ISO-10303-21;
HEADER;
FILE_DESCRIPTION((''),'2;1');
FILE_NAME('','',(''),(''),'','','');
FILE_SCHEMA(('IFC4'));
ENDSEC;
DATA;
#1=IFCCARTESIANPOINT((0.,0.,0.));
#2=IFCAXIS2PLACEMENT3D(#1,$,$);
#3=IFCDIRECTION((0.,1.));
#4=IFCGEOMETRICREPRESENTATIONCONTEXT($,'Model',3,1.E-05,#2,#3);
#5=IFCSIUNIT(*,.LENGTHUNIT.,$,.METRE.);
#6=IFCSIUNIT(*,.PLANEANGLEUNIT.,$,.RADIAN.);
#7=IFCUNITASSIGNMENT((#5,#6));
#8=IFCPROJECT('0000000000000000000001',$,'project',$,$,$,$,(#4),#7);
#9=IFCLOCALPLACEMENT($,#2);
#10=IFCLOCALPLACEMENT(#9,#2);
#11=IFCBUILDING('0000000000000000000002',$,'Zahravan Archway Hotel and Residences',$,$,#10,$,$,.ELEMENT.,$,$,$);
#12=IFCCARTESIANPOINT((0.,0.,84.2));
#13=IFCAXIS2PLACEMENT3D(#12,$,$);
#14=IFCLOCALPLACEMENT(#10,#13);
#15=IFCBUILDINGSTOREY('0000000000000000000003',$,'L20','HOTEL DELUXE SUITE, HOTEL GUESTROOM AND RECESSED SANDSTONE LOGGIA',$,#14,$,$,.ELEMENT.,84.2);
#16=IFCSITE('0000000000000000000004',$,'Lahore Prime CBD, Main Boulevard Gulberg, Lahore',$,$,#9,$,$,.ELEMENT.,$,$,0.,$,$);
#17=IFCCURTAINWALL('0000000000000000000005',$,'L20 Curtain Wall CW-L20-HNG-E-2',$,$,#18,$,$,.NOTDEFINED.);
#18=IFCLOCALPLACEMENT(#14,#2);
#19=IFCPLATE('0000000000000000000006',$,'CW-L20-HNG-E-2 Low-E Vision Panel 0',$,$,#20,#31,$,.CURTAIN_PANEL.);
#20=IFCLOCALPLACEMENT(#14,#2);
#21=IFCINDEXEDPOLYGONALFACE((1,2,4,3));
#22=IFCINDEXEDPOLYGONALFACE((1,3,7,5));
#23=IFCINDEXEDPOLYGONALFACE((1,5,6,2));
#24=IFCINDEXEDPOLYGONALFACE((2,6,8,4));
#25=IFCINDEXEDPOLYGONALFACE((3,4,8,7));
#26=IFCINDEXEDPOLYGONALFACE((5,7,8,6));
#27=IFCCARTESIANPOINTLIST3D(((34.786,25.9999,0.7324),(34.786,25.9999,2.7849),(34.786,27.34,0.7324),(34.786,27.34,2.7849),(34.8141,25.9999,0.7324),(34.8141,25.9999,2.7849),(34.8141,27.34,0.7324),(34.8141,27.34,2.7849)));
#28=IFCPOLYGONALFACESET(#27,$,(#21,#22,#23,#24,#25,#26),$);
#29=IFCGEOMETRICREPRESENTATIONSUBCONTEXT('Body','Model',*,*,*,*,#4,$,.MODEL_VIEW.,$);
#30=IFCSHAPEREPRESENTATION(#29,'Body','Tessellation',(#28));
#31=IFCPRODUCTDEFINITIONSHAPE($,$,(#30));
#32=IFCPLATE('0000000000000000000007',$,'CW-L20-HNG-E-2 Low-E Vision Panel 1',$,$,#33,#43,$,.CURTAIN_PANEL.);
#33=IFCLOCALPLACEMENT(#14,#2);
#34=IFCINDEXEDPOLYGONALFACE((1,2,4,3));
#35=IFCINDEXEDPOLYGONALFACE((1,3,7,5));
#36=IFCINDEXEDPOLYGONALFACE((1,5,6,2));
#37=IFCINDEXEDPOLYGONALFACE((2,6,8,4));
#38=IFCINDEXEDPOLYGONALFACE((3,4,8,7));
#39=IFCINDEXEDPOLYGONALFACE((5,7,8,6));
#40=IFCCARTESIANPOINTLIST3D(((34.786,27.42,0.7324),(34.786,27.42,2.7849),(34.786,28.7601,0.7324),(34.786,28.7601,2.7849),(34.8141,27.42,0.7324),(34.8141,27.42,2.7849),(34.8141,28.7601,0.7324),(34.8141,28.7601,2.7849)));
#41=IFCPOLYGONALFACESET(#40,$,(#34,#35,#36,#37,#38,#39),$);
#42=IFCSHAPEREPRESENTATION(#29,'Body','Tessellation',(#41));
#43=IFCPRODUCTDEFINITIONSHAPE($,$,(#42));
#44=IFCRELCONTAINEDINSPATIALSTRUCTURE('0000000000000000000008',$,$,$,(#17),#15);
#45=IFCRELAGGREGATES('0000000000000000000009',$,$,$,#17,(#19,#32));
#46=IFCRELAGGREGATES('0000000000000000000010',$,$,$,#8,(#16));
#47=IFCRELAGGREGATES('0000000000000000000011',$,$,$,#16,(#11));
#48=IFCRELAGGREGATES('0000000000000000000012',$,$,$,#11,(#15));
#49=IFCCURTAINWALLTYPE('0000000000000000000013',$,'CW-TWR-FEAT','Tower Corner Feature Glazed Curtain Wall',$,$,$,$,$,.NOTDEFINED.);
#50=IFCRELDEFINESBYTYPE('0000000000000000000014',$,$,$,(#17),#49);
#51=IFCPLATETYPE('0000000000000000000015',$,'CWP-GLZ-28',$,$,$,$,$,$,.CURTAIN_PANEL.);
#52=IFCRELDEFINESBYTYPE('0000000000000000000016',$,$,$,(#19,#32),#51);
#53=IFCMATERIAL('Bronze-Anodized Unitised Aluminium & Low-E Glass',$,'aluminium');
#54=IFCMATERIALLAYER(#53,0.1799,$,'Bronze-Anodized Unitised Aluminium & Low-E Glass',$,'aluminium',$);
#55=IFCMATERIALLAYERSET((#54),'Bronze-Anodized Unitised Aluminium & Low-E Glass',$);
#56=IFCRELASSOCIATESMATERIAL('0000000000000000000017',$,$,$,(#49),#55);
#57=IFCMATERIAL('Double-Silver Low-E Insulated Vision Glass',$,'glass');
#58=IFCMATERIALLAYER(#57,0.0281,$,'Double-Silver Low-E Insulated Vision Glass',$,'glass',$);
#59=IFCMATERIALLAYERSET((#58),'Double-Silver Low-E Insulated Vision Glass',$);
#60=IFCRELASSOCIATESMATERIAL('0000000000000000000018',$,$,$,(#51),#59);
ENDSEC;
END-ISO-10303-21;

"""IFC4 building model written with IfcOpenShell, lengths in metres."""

from ifc_helpers import new_model, si_unit, direction, frame, origin, origin_2d, place, context, subcontext, project, spatial, rectangle, extrude, source, transform, mapped, material, layer, layer_set, type_object, element, aggregate, save


model = new_model("IFC4")

# Units and contexts
model_context = context("Model", 3, precision=1e-05, world=origin(), true_north=direction((0.0, 1.0)))
body_context = subcontext(model_context, "Body", "Model", "MODEL_VIEW")
ifc_project = project(units=[si_unit("LENGTHUNIT", "METRE"), si_unit("PLANEANGLEUNIT", "RADIAN")], contexts=[model_context])

# Site, building, storey
site_placement = place(None, origin())
site = spatial("IfcSite", under=ifc_project, at=site_placement, Name="Lahore Prime CBD, Main Boulevard Gulberg, Lahore", CompositionType="ELEMENT", RefElevation=0.0)
building_placement = place(site_placement, origin())
building = spatial("IfcBuilding", under=site, at=building_placement, Name="Zahravan Archway Hotel and Residences", CompositionType="ELEMENT")
storey_placement = place(building_placement, frame((0.0, 0.0, 84.2)))
storey = spatial("IfcBuildingStorey", under=building, at=storey_placement, Name="L20", Description="HOTEL DELUXE SUITE, HOTEL GUESTROOM AND RECESSED SANDSTONE LOGGIA", CompositionType="ELEMENT", Elevation=84.2)

# Curtain wall, plates
ifc_material_1 = material(Name="Bronze-Anodized Unitised Aluminium & Low-E Glass", Category="aluminium")
ifc_layer_1 = layer(ifc_material_1, 0.1799, Name="Bronze-Anodized Unitised Aluminium & Low-E Glass", Category="aluminium")
ifc_layer_set_1 = layer_set([ifc_layer_1], Name="Bronze-Anodized Unitised Aluminium & Low-E Glass")
curtain_wall_type = type_object("IfcCurtainWallType", Name="CW-TWR-FEAT", Description="Tower Corner Feature Glazed Curtain Wall", PredefinedType="NOTDEFINED", material=ifc_layer_set_1)
curtain_wall_placement = place(storey_placement, origin())
curtain_wall = element("IfcCurtainWall", 1, at=curtain_wall_placement, inside=storey, type_object=curtain_wall_type, Name="L20 Curtain Wall CW-L20-HNG-E-2", PredefinedType="NOTDEFINED")
ifc_material_2 = material(Name="Double-Silver Low-E Insulated Vision Glass", Category="glass")
ifc_layer_2 = layer(ifc_material_2, 0.0281, Name="Double-Silver Low-E Insulated Vision Glass", Category="glass")
ifc_layer_set_2 = layer_set([ifc_layer_2], Name="Double-Silver Low-E Insulated Vision Glass")
plate_type_1 = type_object("IfcPlateType", Name="CWP-GLZ-28", PredefinedType="CURTAIN_PANEL", material=ifc_layer_set_2)
shared_shape_1 = source(origin(), body_context, "Body", "SweptSolid", [
    extrude(rectangle(XDim=1.3401, YDim=0.0281, at=origin_2d()), origin(), (0.0, 0.0, 1.0), 2.0525),
])
plate_1_placement = place(storey_placement, frame((34.8, 26.6699, 0.7324), z_axis=(0.0, 0.0, 1.0), x_axis=(0.0, 1.0, 0.0)))
plate_1 = element("IfcPlate", 2, at=plate_1_placement, type_object=plate_type_1, Name="CW-L20-HNG-E-2 Low-E Vision Panel 0", PredefinedType="CURTAIN_PANEL", context=body_context, shape_type="MappedRepresentation", body=[
    mapped(shared_shape_1, transform((0.0, 0.0, 0.0), scale=1.0)),
])
plate_2_placement = place(storey_placement, frame((34.8, 28.0901, 0.7324), z_axis=(0.0, 0.0, 1.0), x_axis=(0.0, 1.0, 0.0)))
plate_2 = element("IfcPlate", 3, at=plate_2_placement, type_object=plate_type_1, Name="CW-L20-HNG-E-2 Low-E Vision Panel 1", PredefinedType="CURTAIN_PANEL", context=body_context, shape_type="MappedRepresentation", body=[
    mapped(shared_shape_1, transform((0.0, 0.0, 0.0), scale=1.0)),
])
aggregate(curtain_wall, [plate_1, plate_2])

save(model, "model.ifc")
